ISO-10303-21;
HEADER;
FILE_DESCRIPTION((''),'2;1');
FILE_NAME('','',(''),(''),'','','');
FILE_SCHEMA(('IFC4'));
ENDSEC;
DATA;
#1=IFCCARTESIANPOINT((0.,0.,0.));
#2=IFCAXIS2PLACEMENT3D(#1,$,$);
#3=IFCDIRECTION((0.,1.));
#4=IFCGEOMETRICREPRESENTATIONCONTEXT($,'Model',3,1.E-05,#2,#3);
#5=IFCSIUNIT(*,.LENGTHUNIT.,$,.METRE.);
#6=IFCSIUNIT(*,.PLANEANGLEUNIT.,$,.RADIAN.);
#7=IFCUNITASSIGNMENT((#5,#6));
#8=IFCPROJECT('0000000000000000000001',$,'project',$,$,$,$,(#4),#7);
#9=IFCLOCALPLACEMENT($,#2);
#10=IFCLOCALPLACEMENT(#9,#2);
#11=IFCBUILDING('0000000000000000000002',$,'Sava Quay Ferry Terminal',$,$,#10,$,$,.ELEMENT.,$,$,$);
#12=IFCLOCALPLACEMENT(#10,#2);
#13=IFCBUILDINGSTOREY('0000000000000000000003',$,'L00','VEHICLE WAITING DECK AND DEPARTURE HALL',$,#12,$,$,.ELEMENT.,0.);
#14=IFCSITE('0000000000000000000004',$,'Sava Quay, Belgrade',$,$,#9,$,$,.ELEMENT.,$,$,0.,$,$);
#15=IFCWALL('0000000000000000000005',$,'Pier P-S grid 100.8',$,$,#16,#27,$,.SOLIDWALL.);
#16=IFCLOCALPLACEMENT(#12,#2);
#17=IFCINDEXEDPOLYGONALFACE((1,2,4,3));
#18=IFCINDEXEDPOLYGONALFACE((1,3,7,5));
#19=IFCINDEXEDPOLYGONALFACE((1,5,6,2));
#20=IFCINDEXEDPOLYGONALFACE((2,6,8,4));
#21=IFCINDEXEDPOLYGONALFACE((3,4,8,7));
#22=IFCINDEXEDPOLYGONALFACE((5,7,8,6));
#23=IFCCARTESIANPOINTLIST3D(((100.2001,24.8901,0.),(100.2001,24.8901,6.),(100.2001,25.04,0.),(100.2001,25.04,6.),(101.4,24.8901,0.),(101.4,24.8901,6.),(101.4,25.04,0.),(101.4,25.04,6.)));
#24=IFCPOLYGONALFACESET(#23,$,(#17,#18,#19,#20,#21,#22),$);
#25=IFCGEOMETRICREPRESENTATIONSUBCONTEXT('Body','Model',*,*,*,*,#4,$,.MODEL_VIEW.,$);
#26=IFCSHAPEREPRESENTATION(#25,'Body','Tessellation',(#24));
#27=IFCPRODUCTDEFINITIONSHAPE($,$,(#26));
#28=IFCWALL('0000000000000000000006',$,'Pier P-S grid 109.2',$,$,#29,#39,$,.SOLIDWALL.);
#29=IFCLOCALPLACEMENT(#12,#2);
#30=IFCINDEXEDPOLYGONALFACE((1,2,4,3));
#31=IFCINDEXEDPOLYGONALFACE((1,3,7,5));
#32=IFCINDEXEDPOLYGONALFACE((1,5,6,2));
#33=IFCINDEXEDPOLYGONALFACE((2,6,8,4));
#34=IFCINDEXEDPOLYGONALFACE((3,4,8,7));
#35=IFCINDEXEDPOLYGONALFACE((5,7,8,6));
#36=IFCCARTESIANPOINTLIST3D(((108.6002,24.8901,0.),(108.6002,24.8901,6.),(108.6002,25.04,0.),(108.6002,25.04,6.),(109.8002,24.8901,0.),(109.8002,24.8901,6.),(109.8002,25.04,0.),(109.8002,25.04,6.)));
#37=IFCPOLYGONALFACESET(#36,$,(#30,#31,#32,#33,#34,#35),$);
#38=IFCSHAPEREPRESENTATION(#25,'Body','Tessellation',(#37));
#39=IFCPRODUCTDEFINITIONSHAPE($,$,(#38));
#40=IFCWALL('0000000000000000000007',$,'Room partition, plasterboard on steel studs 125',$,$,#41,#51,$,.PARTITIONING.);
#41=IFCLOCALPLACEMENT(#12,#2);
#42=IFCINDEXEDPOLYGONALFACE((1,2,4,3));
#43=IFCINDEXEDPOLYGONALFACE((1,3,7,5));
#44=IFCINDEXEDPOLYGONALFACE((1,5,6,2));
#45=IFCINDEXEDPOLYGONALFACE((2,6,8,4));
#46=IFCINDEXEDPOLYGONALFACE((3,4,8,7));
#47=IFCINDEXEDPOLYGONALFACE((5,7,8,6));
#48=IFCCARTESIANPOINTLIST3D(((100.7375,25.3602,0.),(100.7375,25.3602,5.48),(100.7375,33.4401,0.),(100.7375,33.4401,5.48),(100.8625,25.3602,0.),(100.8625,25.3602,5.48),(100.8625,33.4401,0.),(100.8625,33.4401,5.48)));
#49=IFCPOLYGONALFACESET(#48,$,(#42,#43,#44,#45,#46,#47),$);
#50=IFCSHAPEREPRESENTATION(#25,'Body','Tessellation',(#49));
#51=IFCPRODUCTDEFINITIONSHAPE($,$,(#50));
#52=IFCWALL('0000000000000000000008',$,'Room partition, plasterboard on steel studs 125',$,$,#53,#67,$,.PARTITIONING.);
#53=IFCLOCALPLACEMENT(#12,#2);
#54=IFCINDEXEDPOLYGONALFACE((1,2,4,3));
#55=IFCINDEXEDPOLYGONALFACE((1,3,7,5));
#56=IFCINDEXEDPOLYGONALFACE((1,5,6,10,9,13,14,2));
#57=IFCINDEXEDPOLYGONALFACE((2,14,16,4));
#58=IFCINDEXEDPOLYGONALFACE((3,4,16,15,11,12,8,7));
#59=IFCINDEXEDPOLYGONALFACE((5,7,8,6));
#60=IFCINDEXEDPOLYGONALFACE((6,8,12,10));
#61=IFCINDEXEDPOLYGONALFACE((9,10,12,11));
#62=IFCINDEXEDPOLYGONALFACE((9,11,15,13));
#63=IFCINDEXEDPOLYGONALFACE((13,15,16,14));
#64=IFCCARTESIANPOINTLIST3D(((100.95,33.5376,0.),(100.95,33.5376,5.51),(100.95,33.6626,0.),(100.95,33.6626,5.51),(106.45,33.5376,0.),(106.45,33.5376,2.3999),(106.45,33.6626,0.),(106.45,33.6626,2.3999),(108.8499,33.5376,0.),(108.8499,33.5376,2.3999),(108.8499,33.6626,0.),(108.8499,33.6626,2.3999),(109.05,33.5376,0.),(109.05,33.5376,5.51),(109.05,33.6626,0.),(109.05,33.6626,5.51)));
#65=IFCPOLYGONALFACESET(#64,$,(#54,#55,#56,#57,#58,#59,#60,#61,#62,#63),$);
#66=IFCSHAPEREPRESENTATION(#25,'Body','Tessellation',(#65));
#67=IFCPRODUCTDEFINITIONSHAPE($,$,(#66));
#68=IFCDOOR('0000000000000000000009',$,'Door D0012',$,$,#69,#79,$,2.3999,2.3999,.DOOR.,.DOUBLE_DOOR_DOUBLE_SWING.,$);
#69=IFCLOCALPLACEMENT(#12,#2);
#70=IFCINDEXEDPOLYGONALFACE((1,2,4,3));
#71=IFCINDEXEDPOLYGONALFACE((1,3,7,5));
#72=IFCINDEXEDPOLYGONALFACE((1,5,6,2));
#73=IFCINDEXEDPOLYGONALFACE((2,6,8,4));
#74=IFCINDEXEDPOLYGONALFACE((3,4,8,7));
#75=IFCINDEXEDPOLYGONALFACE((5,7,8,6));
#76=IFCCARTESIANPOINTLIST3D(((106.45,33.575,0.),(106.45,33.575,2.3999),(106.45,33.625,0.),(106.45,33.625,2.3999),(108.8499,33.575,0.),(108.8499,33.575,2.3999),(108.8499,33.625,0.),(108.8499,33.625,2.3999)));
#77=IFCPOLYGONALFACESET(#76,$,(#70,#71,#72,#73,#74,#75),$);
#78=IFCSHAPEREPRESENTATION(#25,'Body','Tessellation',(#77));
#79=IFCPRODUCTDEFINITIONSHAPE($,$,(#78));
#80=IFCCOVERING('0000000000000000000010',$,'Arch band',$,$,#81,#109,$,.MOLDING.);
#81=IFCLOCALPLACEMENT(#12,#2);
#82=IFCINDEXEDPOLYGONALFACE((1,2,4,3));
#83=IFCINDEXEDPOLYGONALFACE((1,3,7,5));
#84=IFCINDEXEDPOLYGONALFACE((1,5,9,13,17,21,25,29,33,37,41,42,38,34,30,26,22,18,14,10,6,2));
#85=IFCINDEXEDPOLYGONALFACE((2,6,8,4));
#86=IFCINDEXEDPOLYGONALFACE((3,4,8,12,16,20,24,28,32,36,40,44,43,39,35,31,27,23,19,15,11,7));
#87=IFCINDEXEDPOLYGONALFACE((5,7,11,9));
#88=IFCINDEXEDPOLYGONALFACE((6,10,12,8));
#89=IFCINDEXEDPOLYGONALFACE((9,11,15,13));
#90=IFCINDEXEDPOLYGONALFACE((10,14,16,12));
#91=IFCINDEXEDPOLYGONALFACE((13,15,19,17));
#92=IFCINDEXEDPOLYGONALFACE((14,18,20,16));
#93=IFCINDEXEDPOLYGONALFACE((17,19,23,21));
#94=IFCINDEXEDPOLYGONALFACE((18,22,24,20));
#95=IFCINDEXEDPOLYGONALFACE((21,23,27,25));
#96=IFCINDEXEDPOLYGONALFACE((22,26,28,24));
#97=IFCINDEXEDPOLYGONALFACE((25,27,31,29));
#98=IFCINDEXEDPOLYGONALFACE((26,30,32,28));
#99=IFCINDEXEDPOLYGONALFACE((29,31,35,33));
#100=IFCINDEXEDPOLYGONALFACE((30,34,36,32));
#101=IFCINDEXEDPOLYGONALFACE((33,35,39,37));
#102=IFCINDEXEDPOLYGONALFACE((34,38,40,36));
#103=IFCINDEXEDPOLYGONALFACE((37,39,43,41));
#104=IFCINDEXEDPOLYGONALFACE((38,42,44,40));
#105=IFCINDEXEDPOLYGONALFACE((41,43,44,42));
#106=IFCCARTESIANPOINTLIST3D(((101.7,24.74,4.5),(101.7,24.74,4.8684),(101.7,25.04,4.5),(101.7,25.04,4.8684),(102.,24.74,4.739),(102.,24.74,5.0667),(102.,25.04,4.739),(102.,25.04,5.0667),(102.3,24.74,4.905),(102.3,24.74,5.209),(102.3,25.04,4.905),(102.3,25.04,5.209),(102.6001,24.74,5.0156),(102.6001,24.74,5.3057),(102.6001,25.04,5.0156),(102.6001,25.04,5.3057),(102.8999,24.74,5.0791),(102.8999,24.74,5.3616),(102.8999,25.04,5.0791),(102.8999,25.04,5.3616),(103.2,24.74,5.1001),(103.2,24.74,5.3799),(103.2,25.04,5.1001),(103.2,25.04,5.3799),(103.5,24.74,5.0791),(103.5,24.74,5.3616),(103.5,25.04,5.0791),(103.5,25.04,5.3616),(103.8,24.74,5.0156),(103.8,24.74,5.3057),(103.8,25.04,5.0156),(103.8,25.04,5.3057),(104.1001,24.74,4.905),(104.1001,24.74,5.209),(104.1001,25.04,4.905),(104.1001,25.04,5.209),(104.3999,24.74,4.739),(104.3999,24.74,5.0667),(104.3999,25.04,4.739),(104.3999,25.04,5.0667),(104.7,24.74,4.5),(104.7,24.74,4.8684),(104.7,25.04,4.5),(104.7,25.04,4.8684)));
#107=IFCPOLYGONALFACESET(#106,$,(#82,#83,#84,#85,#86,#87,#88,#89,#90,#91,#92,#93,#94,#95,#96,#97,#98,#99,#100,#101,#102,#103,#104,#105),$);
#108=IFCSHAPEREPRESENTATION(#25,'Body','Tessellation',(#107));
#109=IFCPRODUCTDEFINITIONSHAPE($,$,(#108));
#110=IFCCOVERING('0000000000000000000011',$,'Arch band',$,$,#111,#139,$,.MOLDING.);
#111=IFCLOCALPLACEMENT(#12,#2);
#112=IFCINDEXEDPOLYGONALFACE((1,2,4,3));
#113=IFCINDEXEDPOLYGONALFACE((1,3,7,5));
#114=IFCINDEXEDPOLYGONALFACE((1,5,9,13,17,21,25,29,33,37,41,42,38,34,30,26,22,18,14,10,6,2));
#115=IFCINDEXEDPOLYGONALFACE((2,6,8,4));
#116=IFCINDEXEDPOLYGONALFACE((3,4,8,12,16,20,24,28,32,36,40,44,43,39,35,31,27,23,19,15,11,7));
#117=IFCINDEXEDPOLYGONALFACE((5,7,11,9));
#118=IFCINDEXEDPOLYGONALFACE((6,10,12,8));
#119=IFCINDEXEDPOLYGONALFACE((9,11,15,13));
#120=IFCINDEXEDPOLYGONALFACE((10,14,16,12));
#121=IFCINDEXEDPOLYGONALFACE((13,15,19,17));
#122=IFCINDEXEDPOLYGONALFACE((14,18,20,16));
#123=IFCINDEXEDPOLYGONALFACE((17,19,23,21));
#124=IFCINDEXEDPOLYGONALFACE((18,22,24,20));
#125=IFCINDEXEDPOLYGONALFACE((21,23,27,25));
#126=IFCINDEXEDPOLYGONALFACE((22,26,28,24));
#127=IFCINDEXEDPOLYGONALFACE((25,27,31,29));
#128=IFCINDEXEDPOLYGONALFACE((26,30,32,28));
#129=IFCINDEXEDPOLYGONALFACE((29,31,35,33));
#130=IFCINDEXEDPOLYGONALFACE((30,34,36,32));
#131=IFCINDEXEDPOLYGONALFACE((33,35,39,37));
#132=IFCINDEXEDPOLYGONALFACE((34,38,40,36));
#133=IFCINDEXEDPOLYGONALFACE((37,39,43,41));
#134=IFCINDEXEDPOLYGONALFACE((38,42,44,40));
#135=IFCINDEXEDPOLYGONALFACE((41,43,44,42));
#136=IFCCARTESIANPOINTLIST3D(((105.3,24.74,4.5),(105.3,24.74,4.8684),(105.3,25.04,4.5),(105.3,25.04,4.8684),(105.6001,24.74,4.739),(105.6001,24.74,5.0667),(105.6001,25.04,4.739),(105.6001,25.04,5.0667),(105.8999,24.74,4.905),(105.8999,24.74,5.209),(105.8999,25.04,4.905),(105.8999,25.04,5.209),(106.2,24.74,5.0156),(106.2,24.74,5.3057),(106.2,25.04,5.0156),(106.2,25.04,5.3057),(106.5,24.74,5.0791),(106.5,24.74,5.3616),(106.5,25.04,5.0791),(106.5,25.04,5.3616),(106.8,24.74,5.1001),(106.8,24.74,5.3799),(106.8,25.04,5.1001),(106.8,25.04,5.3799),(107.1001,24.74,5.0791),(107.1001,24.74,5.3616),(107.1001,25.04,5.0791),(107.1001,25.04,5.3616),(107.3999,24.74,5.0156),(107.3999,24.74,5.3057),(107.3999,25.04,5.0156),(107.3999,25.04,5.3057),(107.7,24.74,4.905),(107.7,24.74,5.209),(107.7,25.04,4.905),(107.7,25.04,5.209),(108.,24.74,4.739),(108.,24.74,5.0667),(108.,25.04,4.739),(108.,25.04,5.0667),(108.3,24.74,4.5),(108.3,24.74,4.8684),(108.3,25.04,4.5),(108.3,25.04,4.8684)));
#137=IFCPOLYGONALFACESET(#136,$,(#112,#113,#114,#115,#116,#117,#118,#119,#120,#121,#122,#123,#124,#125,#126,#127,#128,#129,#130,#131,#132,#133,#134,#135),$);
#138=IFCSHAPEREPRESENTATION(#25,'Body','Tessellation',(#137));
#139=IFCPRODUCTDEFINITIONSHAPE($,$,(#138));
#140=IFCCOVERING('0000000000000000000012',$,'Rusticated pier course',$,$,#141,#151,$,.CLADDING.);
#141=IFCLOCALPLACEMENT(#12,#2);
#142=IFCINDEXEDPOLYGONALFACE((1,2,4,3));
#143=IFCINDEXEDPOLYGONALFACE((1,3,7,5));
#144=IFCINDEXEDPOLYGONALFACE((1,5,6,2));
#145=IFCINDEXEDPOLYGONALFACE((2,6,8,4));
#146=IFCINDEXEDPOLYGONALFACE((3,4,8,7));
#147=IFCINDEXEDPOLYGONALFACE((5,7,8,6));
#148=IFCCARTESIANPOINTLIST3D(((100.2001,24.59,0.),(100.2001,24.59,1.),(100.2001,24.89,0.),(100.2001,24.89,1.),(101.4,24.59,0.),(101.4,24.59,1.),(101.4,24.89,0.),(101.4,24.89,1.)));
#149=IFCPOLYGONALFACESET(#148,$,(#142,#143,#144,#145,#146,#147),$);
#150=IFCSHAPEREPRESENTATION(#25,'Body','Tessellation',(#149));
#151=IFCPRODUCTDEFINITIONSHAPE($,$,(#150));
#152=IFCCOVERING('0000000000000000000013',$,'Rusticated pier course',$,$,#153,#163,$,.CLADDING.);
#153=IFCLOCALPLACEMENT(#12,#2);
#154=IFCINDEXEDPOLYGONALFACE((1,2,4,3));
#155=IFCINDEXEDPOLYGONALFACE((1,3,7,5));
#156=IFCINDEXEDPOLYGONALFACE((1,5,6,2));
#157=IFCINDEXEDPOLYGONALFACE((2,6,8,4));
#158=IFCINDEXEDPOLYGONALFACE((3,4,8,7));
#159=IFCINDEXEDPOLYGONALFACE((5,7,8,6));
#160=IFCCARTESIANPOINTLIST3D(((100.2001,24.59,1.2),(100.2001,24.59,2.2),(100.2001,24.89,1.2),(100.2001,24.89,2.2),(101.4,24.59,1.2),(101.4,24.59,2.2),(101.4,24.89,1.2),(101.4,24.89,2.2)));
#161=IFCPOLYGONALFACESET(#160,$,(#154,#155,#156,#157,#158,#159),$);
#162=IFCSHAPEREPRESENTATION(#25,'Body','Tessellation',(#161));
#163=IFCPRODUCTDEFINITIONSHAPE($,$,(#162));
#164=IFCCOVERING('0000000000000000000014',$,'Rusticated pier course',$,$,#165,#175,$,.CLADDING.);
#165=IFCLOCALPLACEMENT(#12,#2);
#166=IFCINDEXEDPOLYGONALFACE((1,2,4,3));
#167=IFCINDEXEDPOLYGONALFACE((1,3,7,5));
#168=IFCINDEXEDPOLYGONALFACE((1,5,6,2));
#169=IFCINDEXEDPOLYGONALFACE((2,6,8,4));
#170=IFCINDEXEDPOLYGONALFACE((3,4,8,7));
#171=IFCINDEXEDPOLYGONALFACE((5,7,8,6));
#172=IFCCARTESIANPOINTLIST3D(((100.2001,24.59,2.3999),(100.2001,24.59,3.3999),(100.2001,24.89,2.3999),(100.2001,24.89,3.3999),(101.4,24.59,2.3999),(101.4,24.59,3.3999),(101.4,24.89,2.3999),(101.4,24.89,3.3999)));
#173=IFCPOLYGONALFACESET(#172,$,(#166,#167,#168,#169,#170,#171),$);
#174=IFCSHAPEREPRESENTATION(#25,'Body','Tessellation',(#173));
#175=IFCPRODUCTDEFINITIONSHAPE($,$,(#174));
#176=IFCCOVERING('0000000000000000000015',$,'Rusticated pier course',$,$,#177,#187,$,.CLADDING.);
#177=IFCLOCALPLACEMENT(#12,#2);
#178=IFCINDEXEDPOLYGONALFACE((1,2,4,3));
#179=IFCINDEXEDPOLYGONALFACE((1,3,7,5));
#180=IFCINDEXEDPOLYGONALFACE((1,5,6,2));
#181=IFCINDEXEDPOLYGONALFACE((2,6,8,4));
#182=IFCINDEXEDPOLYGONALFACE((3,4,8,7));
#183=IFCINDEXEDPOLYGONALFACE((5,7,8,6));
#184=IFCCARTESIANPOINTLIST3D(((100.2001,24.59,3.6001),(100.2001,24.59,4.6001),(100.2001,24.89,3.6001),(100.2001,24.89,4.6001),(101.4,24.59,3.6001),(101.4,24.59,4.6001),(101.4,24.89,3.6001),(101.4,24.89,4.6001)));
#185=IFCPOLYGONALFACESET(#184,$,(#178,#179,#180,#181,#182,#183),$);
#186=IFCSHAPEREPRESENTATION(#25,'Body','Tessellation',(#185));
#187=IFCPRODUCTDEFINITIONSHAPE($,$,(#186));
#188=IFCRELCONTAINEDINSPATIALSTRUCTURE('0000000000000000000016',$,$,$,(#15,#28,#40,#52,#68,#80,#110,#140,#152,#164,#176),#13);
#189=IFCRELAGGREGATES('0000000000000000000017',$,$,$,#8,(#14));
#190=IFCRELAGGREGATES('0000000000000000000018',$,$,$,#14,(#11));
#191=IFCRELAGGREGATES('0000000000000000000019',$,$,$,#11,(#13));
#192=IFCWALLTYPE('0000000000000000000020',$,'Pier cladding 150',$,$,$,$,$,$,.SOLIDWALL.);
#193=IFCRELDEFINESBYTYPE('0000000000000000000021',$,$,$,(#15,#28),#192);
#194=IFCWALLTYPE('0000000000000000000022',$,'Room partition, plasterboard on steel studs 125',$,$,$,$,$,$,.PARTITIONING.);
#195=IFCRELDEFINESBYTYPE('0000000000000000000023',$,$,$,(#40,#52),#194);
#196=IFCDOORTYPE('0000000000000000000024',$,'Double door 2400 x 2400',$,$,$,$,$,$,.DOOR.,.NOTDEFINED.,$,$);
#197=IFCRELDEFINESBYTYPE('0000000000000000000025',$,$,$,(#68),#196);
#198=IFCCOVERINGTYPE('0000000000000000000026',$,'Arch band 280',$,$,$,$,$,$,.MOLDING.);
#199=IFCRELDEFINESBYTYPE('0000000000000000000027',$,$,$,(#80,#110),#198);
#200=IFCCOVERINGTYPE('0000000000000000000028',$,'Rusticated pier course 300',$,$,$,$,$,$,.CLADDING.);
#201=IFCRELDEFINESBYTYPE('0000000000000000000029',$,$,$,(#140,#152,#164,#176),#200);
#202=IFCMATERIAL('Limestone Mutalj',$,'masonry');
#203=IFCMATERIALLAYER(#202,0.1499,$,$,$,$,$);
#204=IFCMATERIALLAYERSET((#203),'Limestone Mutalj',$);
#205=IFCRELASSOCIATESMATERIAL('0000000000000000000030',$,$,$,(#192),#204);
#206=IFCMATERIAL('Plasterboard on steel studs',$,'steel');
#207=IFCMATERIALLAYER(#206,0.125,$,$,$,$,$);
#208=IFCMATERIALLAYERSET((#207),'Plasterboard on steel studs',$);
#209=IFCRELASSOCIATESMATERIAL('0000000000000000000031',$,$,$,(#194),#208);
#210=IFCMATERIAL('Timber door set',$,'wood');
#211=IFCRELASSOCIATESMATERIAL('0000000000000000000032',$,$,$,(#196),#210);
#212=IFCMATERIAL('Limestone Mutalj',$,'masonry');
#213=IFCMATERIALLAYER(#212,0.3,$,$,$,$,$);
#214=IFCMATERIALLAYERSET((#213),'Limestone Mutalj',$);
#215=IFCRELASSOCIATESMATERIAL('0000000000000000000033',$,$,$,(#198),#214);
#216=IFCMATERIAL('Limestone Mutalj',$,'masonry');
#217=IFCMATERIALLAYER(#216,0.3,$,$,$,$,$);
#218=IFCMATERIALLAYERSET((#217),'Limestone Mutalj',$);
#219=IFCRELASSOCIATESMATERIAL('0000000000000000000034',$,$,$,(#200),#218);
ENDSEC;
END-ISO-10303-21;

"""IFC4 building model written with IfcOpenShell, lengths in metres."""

from ifc_helpers import new_model, si_unit, direction, frame, frame_2d, origin, origin_2d, place, context, subcontext, project, spatial, polyline, rectangle, outline, extrude, material, layer, layer_set, type_object, element, fill, save


model = new_model("IFC4")

# Units and contexts
model_context = context("Model", 3, precision=1e-05, world=origin(), true_north=direction((0.0, 1.0)))
body_context = subcontext(model_context, "Body", "Model", "MODEL_VIEW")
ifc_project = project(units=[si_unit("LENGTHUNIT", "METRE"), si_unit("PLANEANGLEUNIT", "RADIAN")], contexts=[model_context])

# Site, building, storey
site_placement = place(None, origin())
site = spatial("IfcSite", under=ifc_project, at=site_placement, Name="Sava Quay, Belgrade", CompositionType="ELEMENT", RefElevation=0.0)
building_placement = place(site_placement, origin())
building = spatial("IfcBuilding", under=site, at=building_placement, Name="Sava Quay Ferry Terminal", CompositionType="ELEMENT")
storey_placement = place(building_placement, origin())
storey = spatial("IfcBuildingStorey", under=building, at=storey_placement, Name="L00", Description="VEHICLE WAITING DECK AND DEPARTURE HALL", CompositionType="ELEMENT", Elevation=0.0)

# Walls
ifc_material_1 = material(Name="Limestone Mutalj", Category="masonry")
ifc_layer_1 = layer(ifc_material_1, 0.1499)
ifc_layer_set_1 = layer_set([ifc_layer_1], Name="Limestone Mutalj")
wall_type_1 = type_object("IfcWallType", Name="Pier cladding 150", PredefinedType="SOLIDWALL", material=ifc_layer_set_1)
for number, where, z_axis, x_axis, name in (
    (1, (100.2, 24.9651, 0.0), (0.0, 0.0, 1.0), (1.0, 0.0, 0.0), "Pier P-S grid 100.8"),
    (2, (108.6001, 24.9651, 0.0), (0.0, 0.0, 1.0), (1.0, 0.0, 0.0), "Pier P-S grid 109.2"),
):
    element("IfcWall", number, at=place(storey_placement, frame(where, z_axis=z_axis, x_axis=x_axis)), inside=storey, type_object=wall_type_1, Name=name, PredefinedType="SOLIDWALL", context=body_context, shape_type="SweptSolid", body=[
        extrude(rectangle(XDim=1.2, YDim=0.1499, at=frame_2d((0.6001, 0.0))), origin(), (0.0, 0.0, 1.0), 6.0),
    ])
ifc_material_2 = material(Name="Plasterboard on steel studs", Category="steel")
ifc_layer_2 = layer(ifc_material_2, 0.125)
ifc_layer_set_2 = layer_set([ifc_layer_2], Name="Plasterboard on steel studs")
wall_type_2 = type_object("IfcWallType", Name="Room partition, plasterboard on steel studs 125", PredefinedType="PARTITIONING", material=ifc_layer_set_2)
wall_1_placement = place(storey_placement, frame((100.8, 25.3601, 0.0), z_axis=(0.0, 0.0, 1.0), x_axis=(0.0, 1.0, 0.0)))
element("IfcWall", 3, at=wall_1_placement, inside=storey, type_object=wall_type_2, Name="Room partition, plasterboard on steel studs 125", PredefinedType="PARTITIONING", context=body_context, shape_type="SweptSolid", body=[
    extrude(rectangle(XDim=8.0798, YDim=0.125, at=frame_2d((4.04, 0.0))), origin(), (0.0, 0.0, 1.0), 5.48),
])

# Wall, opening, door
wall_2_placement = place(storey_placement, frame((100.95, 33.6001, 0.0), z_axis=(0.0, 0.0, 1.0), x_axis=(1.0, 0.0, 0.0)))
wall_2 = element("IfcWall", 4, at=wall_2_placement, inside=storey, type_object=wall_type_2, Name="Room partition, plasterboard on steel studs 125", PredefinedType="PARTITIONING", context=body_context, shape_type="SweptSolid", body=[
    extrude(rectangle(XDim=8.1001, YDim=0.125, at=frame_2d((4.05, 0.0))), origin(), (0.0, 0.0, 1.0), 5.51),
])
opening_1_placement = place(wall_2_placement, frame((5.5, 0.0, 0.0)))
opening_1 = element("IfcOpeningElement", 5, at=opening_1_placement, cuts=wall_2, PredefinedType="OPENING", context=body_context, shape_type="SweptSolid", body=[
    extrude(rectangle(XDim=2.3999, YDim=2.3999, at=frame_2d((1.2, 1.2))), frame((0.0, 0.0625, 0.0), z_axis=(0.0, -1.0, 0.0), x_axis=(1.0, 0.0, 0.0)), (0.0, 0.0, 1.0), 0.125),
])
ifc_material_3 = material(Name="Timber door set", Category="wood")
door_type = type_object("IfcDoorType", Name="Double door 2400 x 2400", OperationType="NOTDEFINED", PredefinedType="DOOR", material=ifc_material_3)
door_placement = place(opening_1_placement, origin())
door = element("IfcDoor", 6, at=door_placement, inside=storey, type_object=door_type, Name="Door D0012", OperationType="DOUBLE_DOOR_DOUBLE_SWING", OverallHeight=2.3999, OverallWidth=2.3999, PredefinedType="DOOR", context=body_context, shape_type="SweptSolid", body=[
    extrude(rectangle(XDim=2.3999, YDim=2.3999, at=frame_2d((1.2, 1.2))), frame((0.0, 0.0249, 0.0), z_axis=(0.0, -1.0, 0.0), x_axis=(1.0, 0.0, 0.0)), (0.0, 0.0, 1.0), 0.05),
])
fill(opening_1, door)

# Coverings
ifc_material_4 = material(Name="Limestone Mutalj", Category="masonry")
ifc_layer_3 = layer(ifc_material_4, 0.3)
ifc_layer_set_3 = layer_set([ifc_layer_3], Name="Limestone Mutalj")
covering_type_1 = type_object("IfcCoveringType", Name="Arch band 280", PredefinedType="MOLDING", material=ifc_layer_set_3)
covering_1_placement = place(storey_placement, frame((101.7, 24.74, 4.5), z_axis=(0.0, -1.0, 0.0), x_axis=(0.782171, 0.0, 0.623064)))
element("IfcCovering", 7, at=covering_1_placement, inside=storey, type_object=covering_type_1, Name="Arch band", PredefinedType="MOLDING", context=body_context, shape_type="SweptSolid", body=[
    extrude(outline(polyline([(0.0, 0.0), (0.3836, 0.0), (0.7217, -0.0571), (1.0253, -0.1575), (1.2994, -0.2947), (1.5472, -0.4652), (1.7688, -0.6686), (1.9639, -0.9052), (2.1297, -1.1786), (2.2607, -1.4953), (2.3465, -1.8692), (2.5761, -1.581), (2.4649, -1.239), (2.3191, -0.9409), (2.1446, -0.6783), (1.9448, -0.4476), (1.7215, -0.2464), (1.4754, -0.0737), (1.206, 0.0693), (0.9111, 0.1806), (0.5877, 0.2563), (0.2295, 0.2882), (0.0, 0.0)])), origin(), (0.0, 0.0, -1.0), 0.3),
])
covering_2_placement = place(storey_placement, frame((105.3, 24.74, 4.5), z_axis=(0.0, -1.0, 0.0), x_axis=(0.782171, 0.0, 0.623064)))
element("IfcCovering", 8, at=covering_2_placement, inside=storey, type_object=covering_type_1, Name="Arch band", PredefinedType="MOLDING", context=body_context, shape_type="SweptSolid", body=[
    extrude(outline(polyline([(0.0, 0.0), (0.3836, 0.0), (0.7215, -0.0569), (1.0251, -0.1574), (1.2994, -0.2947), (1.5472, -0.4652), (1.7688, -0.6686), (1.9637, -0.905), (2.1295, -1.1785), (2.2607, -1.4953), (2.3465, -1.8692), (2.5761, -1.581), (2.4649, -1.239), (2.3189, -0.9407), (2.1444, -0.6782), (1.9448, -0.4476), (1.7215, -0.2464), (1.4754, -0.0737), (1.2059, 0.0695), (0.9109, 0.1808), (0.5877, 0.2563), (0.2295, 0.2882), (0.0, 0.0)])), origin(), (0.0, 0.0, -1.0), 0.3),
])
ifc_material_5 = material(Name="Limestone Mutalj", Category="masonry")
ifc_layer_4 = layer(ifc_material_5, 0.3)
ifc_layer_set_4 = layer_set([ifc_layer_4], Name="Limestone Mutalj")
covering_type_2 = type_object("IfcCoveringType", Name="Rusticated pier course 300", PredefinedType="CLADDING", material=ifc_layer_set_4)
for number, where, z_axis, x_axis, name in (
    (9, (100.8, 24.74, 0.0), (0.0, 0.0, 1.0), (1.0, 0.0, 0.0), "Rusticated pier course"),
    (10, (100.8, 24.74, 1.2), (0.0, 0.0, 1.0), (1.0, 0.0, 0.0), "Rusticated pier course"),
    (11, (100.8, 24.74, 2.3999), (0.0, 0.0, 1.0), (1.0, 0.0, 0.0), "Rusticated pier course"),
    (12, (100.8, 24.74, 3.6001), (0.0, 0.0, 1.0), (1.0, 0.0, 0.0), "Rusticated pier course"),
):
    element("IfcCovering", number, at=place(storey_placement, frame(where, z_axis=z_axis, x_axis=x_axis)), inside=storey, type_object=covering_type_2, Name=name, PredefinedType="CLADDING", context=body_context, shape_type="SweptSolid", body=[
        extrude(rectangle(XDim=1.2, YDim=0.3, at=origin_2d()), origin(), (0.0, 0.0, 1.0), 1.0),
    ])

save(model, "model.ifc")
